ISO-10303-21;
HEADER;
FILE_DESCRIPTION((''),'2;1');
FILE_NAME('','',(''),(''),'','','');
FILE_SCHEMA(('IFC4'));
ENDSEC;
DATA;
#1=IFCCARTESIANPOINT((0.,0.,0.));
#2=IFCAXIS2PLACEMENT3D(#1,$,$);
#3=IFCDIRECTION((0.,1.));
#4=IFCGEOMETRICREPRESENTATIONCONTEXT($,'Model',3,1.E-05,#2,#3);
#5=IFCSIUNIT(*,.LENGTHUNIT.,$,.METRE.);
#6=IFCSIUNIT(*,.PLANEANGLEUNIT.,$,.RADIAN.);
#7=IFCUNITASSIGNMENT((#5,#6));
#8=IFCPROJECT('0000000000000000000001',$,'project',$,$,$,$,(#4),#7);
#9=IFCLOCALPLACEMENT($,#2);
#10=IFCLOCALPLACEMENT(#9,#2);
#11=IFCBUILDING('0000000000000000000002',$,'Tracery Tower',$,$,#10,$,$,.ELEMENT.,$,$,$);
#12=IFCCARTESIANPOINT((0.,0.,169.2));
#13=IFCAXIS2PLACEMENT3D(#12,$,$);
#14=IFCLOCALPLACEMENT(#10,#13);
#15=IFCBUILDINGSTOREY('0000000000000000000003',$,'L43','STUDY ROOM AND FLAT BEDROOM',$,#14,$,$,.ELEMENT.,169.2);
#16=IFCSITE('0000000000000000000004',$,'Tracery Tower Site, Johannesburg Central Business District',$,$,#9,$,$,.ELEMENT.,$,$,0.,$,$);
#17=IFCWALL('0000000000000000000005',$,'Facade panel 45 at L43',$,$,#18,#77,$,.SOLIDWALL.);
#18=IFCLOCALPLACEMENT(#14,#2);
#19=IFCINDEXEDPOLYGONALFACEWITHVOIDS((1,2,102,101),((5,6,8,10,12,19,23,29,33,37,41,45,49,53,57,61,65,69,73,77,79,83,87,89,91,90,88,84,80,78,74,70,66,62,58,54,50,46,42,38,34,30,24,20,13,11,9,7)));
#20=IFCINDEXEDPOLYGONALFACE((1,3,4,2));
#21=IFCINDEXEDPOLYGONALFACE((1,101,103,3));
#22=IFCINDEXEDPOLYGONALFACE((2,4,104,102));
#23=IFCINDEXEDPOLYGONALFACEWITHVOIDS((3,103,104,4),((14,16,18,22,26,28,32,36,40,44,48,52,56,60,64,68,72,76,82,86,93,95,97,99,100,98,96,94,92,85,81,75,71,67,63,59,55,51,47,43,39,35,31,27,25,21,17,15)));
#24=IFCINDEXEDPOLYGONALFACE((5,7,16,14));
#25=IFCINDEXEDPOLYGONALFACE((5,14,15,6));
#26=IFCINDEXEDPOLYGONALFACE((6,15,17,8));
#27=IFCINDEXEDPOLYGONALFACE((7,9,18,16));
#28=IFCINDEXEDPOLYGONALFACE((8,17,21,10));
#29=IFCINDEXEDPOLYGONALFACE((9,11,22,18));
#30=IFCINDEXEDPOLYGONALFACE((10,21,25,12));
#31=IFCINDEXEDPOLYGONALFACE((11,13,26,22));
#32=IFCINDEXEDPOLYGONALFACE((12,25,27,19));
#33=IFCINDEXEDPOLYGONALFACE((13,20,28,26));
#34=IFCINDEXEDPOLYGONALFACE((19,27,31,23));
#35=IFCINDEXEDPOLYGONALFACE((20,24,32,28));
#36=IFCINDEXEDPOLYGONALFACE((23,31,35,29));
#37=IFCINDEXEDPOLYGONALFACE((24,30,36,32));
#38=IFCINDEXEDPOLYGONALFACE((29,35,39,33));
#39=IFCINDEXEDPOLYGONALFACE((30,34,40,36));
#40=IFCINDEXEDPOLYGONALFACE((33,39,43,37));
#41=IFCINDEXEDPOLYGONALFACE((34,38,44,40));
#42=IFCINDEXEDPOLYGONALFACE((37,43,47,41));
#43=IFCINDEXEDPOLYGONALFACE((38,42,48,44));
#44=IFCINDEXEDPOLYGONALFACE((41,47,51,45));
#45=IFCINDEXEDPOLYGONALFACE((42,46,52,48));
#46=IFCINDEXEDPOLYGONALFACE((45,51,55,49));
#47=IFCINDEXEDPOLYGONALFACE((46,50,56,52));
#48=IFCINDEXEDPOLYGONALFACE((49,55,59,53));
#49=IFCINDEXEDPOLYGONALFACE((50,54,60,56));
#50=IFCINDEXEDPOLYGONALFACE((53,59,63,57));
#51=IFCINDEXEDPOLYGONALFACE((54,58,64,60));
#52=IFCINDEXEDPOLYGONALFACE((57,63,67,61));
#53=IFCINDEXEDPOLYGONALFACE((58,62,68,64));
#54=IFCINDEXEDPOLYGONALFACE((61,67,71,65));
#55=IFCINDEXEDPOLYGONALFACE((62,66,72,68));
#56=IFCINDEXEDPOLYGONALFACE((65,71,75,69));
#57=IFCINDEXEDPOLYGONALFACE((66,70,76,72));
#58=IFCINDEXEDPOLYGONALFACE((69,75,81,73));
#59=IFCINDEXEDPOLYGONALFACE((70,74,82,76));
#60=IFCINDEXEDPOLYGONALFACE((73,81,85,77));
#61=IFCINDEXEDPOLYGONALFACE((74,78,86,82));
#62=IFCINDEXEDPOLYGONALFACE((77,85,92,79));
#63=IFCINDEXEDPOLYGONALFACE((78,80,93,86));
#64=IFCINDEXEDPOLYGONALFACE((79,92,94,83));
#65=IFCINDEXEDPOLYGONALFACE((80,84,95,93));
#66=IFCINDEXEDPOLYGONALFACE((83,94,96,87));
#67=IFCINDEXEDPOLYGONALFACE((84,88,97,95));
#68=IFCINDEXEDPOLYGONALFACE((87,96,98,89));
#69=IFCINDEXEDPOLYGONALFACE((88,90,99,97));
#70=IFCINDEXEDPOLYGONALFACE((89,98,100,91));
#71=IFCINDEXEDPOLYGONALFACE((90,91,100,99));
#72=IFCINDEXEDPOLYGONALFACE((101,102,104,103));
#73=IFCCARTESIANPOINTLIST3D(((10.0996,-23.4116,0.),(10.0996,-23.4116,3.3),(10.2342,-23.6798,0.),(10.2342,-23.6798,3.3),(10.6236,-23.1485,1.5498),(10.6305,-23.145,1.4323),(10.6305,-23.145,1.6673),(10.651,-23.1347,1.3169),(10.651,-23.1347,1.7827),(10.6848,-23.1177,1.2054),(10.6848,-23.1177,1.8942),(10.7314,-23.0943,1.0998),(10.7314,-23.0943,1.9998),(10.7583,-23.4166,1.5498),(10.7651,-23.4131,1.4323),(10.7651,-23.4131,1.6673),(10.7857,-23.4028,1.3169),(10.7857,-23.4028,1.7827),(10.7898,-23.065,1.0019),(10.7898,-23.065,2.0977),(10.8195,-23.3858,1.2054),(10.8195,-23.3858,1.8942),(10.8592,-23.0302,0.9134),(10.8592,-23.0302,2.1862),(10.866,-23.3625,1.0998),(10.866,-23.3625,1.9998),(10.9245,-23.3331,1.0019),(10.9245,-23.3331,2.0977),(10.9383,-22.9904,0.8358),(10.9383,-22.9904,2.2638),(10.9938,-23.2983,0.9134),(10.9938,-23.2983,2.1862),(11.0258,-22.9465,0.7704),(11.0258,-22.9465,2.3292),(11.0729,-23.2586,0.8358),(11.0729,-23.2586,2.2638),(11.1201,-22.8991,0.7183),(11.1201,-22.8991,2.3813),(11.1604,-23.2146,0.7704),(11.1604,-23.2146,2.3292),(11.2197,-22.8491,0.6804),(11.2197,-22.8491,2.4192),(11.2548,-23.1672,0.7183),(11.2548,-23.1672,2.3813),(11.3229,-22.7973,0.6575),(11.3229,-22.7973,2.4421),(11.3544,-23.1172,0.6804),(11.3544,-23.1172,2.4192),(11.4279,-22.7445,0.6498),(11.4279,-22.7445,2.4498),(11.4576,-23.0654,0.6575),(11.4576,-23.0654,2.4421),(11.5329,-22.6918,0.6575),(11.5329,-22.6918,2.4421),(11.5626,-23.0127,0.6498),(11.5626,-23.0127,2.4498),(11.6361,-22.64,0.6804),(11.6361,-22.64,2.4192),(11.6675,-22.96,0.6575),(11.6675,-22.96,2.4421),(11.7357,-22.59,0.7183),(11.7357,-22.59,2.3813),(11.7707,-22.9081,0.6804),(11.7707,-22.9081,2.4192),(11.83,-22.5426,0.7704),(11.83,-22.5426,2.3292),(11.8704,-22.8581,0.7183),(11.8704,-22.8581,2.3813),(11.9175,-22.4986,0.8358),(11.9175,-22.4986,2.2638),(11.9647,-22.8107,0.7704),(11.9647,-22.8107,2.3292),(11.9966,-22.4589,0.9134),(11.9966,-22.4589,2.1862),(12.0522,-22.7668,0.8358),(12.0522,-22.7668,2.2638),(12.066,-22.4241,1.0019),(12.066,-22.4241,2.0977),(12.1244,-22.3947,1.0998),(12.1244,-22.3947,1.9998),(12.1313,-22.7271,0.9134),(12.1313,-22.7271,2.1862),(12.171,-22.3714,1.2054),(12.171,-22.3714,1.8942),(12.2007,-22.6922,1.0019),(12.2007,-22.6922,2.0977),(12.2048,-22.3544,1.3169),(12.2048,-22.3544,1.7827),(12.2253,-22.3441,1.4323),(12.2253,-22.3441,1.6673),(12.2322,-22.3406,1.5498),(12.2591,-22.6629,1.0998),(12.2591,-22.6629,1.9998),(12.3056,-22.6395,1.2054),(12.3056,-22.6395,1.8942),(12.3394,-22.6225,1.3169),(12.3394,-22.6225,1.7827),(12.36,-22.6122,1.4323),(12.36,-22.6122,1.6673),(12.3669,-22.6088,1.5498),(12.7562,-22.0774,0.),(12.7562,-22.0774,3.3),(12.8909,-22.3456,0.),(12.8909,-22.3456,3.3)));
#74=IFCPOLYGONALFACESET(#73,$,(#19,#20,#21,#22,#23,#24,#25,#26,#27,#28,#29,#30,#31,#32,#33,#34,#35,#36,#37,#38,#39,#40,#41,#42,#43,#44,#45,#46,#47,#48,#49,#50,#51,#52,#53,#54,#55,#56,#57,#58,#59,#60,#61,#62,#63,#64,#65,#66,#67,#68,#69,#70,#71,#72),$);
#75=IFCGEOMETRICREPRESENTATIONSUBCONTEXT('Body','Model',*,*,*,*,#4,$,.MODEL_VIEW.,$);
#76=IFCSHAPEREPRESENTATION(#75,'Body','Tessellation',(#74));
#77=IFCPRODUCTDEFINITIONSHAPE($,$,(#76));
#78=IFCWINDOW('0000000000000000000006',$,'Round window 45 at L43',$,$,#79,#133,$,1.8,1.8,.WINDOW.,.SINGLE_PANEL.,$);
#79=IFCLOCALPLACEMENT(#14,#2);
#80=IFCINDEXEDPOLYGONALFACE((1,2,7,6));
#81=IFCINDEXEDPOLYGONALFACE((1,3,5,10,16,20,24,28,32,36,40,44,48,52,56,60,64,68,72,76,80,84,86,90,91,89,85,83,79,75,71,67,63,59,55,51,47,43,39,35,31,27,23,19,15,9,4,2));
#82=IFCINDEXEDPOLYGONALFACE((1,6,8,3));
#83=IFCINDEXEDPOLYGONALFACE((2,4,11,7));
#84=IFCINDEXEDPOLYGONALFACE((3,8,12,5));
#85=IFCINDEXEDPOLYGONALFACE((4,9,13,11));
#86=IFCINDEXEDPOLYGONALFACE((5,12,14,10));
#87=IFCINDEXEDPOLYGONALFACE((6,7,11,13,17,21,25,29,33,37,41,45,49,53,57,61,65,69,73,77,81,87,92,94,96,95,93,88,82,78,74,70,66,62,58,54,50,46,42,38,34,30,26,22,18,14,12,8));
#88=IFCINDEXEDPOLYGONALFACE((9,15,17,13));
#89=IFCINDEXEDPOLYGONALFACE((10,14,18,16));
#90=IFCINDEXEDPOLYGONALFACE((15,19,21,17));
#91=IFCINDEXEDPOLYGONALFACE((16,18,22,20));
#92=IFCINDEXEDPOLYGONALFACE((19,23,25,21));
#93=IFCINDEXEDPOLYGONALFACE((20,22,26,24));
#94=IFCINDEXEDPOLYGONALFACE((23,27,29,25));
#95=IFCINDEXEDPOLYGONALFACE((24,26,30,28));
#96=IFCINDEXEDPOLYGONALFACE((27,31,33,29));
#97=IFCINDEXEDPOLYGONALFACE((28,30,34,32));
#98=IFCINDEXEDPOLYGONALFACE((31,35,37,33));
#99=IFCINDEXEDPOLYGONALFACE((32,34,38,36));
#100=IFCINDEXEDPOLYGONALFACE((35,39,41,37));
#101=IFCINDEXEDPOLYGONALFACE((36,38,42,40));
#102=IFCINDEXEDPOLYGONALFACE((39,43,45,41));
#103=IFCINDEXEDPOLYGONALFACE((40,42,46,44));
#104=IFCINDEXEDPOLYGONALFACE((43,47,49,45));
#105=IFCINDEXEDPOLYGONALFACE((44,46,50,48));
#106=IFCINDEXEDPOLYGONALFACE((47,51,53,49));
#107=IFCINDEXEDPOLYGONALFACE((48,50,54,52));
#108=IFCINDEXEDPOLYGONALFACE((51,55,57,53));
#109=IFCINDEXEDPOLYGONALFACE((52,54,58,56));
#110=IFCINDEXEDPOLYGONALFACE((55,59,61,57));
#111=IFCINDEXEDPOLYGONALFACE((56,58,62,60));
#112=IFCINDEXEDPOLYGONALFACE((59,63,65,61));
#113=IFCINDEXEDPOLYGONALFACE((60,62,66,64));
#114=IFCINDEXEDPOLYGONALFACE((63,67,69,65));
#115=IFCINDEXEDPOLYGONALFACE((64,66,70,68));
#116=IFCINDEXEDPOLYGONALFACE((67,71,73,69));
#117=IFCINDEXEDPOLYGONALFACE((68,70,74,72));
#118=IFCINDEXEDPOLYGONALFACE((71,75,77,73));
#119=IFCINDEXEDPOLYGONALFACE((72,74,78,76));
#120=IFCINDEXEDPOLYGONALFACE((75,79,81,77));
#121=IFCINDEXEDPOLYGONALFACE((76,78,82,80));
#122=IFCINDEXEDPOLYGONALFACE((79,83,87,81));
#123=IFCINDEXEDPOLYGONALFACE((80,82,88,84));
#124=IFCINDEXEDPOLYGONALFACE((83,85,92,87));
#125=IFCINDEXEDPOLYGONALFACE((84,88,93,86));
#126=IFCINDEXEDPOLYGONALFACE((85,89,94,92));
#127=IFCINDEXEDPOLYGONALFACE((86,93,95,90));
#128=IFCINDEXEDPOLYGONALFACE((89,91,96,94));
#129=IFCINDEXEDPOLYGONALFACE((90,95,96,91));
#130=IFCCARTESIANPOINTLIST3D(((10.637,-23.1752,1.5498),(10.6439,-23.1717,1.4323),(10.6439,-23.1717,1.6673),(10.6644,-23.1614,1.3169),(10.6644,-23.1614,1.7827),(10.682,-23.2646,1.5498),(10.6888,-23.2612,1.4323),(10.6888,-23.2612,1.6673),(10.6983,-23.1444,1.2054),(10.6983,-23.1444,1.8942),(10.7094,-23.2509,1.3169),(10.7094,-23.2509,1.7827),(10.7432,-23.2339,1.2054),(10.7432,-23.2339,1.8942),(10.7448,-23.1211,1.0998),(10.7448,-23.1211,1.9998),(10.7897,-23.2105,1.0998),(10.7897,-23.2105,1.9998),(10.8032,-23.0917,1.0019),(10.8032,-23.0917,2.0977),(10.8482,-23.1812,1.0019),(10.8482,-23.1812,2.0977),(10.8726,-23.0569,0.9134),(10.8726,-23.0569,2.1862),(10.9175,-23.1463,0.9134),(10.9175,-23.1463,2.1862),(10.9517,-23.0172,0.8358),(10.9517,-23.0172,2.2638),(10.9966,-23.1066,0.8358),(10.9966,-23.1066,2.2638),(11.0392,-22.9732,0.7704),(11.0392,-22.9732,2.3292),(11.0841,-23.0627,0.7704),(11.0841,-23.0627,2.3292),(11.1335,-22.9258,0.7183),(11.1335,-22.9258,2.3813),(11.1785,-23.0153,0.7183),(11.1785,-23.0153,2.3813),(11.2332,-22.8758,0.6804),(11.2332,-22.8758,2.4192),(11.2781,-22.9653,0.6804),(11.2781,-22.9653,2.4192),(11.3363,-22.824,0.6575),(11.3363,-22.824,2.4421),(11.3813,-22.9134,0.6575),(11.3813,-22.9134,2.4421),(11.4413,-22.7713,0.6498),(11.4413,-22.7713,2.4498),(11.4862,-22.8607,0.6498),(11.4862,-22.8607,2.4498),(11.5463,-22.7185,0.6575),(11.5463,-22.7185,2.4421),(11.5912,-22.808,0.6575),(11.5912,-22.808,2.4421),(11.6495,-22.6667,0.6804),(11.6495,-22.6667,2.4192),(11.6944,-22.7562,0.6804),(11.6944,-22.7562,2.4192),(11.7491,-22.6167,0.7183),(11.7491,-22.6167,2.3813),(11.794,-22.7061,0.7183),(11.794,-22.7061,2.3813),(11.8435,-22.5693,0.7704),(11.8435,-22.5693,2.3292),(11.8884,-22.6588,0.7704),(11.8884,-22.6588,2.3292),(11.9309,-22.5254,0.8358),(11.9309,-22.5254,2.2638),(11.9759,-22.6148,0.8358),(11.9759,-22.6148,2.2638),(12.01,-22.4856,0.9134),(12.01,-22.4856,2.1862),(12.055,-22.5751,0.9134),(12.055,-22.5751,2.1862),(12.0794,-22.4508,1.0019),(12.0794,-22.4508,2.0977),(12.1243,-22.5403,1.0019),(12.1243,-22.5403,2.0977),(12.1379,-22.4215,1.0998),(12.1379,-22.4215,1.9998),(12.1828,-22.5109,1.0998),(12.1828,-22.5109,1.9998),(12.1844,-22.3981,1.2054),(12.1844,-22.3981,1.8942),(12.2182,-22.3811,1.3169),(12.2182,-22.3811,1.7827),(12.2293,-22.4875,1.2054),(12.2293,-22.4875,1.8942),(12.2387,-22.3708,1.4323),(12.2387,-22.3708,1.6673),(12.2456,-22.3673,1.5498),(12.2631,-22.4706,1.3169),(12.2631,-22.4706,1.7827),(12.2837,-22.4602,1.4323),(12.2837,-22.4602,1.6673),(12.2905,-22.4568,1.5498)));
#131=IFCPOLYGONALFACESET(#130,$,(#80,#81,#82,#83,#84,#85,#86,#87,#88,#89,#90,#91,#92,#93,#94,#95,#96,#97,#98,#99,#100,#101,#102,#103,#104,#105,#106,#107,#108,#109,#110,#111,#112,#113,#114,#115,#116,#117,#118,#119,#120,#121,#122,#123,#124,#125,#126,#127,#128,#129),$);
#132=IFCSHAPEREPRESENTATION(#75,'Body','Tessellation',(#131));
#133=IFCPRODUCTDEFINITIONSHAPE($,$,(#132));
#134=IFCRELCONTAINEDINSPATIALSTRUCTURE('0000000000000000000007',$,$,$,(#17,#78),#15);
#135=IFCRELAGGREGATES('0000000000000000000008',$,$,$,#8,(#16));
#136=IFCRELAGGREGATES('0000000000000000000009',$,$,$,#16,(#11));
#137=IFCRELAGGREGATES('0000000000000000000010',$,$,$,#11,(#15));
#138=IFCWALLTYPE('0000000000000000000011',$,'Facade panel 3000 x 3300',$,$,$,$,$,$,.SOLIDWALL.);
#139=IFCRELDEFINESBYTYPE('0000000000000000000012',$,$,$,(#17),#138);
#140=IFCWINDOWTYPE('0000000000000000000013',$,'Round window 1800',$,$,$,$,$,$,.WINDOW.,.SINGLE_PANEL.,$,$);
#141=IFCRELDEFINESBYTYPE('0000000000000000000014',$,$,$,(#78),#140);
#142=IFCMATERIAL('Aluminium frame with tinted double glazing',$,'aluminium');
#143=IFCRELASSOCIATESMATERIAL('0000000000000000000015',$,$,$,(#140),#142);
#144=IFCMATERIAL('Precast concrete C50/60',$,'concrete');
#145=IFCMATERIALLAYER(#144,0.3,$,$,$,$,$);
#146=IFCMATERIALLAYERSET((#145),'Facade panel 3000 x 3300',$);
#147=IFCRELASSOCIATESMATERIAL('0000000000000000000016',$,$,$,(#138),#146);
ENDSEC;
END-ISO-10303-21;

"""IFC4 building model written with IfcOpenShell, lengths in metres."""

from ifc_helpers import new_model, si_unit, direction, frame, frame_2d, origin, origin_2d, place, context, subcontext, project, spatial, rectangle, circle, extrude, material, layer, layer_set, type_object, element, fill, save


model = new_model("IFC4")

# Units and contexts
model_context = context("Model", 3, precision=1e-05, world=origin(), true_north=direction((0.0, 1.0)))
body_context = subcontext(model_context, "Body", "Model", "MODEL_VIEW")
ifc_project = project(units=[si_unit("LENGTHUNIT", "METRE"), si_unit("PLANEANGLEUNIT", "RADIAN")], contexts=[model_context])

# Site, building, storey
site_placement = place(None, origin())
site = spatial("IfcSite", under=ifc_project, at=site_placement, Name="Tracery Tower Site, Johannesburg Central Business District", CompositionType="ELEMENT", RefElevation=0.0)
building_placement = place(site_placement, origin())
building = spatial("IfcBuilding", under=site, at=building_placement, Name="Tracery Tower", CompositionType="ELEMENT")
storey_placement = place(building_placement, frame((0.0, 0.0, 169.2)))
storey = spatial("IfcBuildingStorey", under=building, at=storey_placement, Name="L43", Description="STUDY ROOM AND FLAT BEDROOM", CompositionType="ELEMENT", Elevation=169.2)

# Wall, opening, window
ifc_material_1 = material(Name="Aluminium frame with tinted double glazing", Category="aluminium")
window_type = type_object("IfcWindowType", Name="Round window 1800", PartitioningType="SINGLE_PANEL", PredefinedType="WINDOW", material=ifc_material_1)
ifc_material_2 = material(Name="Precast concrete C50/60", Category="concrete")
ifc_layer_1 = layer(ifc_material_2, 0.3)
ifc_layer_set_1 = layer_set([ifc_layer_1], Name="Facade panel 3000 x 3300")
wall_type_1 = type_object("IfcWallType", Name="Facade panel 3000 x 3300", PredefinedType="SOLIDWALL", material=ifc_layer_set_1)
wall_1_placement = place(storey_placement, frame((10.167, -23.5457, 0.0), z_axis=(0.0, 0.0, 1.0), x_axis=(0.893637, 0.44879, 0.0)))
wall_1 = element("IfcWall", 1, at=wall_1_placement, inside=storey, type_object=wall_type_1, Name="Facade panel 45 at L43", PredefinedType="SOLIDWALL", context=body_context, shape_type="SweptSolid", body=[
    extrude(rectangle(XDim=2.9729, YDim=0.3, at=frame_2d((1.4863, 0.0))), origin(), (0.0, 0.0, 1.0), 3.3),
])
opening_1_placement = place(wall_1_placement, frame((1.4863, 0.0, 1.5498)))
opening_1 = element("IfcOpeningElement", 2, at=opening_1_placement, cuts=wall_1, PredefinedType="OPENING", context=body_context, shape_type="SweptSolid", body=[
    extrude(circle(Radius=0.9, at=origin_2d()), frame((0.0, 0.1599, 0.0), z_axis=(0.0, -1.0, 0.0), x_axis=(1.0, 0.0, 0.0)), (0.0, 0.0, 1.0), 0.3201),
])
window_1_placement = place(opening_1_placement, origin())
window_1 = element("IfcWindow", 3, at=window_1_placement, inside=storey, type_object=window_type, Name="Round window 45 at L43", OverallHeight=1.8, OverallWidth=1.8, PartitioningType="SINGLE_PANEL", PredefinedType="WINDOW", context=body_context, shape_type="SweptSolid", body=[
    extrude(circle(Radius=0.9, at=origin_2d()), frame((0.0, 0.1201, 0.0), z_axis=(0.0, -1.0, 0.0), x_axis=(1.0, 0.0, 0.0)), (0.0, 0.0, 1.0), 0.1001),
])
fill(opening_1, window_1)

save(model, "model.ifc")
